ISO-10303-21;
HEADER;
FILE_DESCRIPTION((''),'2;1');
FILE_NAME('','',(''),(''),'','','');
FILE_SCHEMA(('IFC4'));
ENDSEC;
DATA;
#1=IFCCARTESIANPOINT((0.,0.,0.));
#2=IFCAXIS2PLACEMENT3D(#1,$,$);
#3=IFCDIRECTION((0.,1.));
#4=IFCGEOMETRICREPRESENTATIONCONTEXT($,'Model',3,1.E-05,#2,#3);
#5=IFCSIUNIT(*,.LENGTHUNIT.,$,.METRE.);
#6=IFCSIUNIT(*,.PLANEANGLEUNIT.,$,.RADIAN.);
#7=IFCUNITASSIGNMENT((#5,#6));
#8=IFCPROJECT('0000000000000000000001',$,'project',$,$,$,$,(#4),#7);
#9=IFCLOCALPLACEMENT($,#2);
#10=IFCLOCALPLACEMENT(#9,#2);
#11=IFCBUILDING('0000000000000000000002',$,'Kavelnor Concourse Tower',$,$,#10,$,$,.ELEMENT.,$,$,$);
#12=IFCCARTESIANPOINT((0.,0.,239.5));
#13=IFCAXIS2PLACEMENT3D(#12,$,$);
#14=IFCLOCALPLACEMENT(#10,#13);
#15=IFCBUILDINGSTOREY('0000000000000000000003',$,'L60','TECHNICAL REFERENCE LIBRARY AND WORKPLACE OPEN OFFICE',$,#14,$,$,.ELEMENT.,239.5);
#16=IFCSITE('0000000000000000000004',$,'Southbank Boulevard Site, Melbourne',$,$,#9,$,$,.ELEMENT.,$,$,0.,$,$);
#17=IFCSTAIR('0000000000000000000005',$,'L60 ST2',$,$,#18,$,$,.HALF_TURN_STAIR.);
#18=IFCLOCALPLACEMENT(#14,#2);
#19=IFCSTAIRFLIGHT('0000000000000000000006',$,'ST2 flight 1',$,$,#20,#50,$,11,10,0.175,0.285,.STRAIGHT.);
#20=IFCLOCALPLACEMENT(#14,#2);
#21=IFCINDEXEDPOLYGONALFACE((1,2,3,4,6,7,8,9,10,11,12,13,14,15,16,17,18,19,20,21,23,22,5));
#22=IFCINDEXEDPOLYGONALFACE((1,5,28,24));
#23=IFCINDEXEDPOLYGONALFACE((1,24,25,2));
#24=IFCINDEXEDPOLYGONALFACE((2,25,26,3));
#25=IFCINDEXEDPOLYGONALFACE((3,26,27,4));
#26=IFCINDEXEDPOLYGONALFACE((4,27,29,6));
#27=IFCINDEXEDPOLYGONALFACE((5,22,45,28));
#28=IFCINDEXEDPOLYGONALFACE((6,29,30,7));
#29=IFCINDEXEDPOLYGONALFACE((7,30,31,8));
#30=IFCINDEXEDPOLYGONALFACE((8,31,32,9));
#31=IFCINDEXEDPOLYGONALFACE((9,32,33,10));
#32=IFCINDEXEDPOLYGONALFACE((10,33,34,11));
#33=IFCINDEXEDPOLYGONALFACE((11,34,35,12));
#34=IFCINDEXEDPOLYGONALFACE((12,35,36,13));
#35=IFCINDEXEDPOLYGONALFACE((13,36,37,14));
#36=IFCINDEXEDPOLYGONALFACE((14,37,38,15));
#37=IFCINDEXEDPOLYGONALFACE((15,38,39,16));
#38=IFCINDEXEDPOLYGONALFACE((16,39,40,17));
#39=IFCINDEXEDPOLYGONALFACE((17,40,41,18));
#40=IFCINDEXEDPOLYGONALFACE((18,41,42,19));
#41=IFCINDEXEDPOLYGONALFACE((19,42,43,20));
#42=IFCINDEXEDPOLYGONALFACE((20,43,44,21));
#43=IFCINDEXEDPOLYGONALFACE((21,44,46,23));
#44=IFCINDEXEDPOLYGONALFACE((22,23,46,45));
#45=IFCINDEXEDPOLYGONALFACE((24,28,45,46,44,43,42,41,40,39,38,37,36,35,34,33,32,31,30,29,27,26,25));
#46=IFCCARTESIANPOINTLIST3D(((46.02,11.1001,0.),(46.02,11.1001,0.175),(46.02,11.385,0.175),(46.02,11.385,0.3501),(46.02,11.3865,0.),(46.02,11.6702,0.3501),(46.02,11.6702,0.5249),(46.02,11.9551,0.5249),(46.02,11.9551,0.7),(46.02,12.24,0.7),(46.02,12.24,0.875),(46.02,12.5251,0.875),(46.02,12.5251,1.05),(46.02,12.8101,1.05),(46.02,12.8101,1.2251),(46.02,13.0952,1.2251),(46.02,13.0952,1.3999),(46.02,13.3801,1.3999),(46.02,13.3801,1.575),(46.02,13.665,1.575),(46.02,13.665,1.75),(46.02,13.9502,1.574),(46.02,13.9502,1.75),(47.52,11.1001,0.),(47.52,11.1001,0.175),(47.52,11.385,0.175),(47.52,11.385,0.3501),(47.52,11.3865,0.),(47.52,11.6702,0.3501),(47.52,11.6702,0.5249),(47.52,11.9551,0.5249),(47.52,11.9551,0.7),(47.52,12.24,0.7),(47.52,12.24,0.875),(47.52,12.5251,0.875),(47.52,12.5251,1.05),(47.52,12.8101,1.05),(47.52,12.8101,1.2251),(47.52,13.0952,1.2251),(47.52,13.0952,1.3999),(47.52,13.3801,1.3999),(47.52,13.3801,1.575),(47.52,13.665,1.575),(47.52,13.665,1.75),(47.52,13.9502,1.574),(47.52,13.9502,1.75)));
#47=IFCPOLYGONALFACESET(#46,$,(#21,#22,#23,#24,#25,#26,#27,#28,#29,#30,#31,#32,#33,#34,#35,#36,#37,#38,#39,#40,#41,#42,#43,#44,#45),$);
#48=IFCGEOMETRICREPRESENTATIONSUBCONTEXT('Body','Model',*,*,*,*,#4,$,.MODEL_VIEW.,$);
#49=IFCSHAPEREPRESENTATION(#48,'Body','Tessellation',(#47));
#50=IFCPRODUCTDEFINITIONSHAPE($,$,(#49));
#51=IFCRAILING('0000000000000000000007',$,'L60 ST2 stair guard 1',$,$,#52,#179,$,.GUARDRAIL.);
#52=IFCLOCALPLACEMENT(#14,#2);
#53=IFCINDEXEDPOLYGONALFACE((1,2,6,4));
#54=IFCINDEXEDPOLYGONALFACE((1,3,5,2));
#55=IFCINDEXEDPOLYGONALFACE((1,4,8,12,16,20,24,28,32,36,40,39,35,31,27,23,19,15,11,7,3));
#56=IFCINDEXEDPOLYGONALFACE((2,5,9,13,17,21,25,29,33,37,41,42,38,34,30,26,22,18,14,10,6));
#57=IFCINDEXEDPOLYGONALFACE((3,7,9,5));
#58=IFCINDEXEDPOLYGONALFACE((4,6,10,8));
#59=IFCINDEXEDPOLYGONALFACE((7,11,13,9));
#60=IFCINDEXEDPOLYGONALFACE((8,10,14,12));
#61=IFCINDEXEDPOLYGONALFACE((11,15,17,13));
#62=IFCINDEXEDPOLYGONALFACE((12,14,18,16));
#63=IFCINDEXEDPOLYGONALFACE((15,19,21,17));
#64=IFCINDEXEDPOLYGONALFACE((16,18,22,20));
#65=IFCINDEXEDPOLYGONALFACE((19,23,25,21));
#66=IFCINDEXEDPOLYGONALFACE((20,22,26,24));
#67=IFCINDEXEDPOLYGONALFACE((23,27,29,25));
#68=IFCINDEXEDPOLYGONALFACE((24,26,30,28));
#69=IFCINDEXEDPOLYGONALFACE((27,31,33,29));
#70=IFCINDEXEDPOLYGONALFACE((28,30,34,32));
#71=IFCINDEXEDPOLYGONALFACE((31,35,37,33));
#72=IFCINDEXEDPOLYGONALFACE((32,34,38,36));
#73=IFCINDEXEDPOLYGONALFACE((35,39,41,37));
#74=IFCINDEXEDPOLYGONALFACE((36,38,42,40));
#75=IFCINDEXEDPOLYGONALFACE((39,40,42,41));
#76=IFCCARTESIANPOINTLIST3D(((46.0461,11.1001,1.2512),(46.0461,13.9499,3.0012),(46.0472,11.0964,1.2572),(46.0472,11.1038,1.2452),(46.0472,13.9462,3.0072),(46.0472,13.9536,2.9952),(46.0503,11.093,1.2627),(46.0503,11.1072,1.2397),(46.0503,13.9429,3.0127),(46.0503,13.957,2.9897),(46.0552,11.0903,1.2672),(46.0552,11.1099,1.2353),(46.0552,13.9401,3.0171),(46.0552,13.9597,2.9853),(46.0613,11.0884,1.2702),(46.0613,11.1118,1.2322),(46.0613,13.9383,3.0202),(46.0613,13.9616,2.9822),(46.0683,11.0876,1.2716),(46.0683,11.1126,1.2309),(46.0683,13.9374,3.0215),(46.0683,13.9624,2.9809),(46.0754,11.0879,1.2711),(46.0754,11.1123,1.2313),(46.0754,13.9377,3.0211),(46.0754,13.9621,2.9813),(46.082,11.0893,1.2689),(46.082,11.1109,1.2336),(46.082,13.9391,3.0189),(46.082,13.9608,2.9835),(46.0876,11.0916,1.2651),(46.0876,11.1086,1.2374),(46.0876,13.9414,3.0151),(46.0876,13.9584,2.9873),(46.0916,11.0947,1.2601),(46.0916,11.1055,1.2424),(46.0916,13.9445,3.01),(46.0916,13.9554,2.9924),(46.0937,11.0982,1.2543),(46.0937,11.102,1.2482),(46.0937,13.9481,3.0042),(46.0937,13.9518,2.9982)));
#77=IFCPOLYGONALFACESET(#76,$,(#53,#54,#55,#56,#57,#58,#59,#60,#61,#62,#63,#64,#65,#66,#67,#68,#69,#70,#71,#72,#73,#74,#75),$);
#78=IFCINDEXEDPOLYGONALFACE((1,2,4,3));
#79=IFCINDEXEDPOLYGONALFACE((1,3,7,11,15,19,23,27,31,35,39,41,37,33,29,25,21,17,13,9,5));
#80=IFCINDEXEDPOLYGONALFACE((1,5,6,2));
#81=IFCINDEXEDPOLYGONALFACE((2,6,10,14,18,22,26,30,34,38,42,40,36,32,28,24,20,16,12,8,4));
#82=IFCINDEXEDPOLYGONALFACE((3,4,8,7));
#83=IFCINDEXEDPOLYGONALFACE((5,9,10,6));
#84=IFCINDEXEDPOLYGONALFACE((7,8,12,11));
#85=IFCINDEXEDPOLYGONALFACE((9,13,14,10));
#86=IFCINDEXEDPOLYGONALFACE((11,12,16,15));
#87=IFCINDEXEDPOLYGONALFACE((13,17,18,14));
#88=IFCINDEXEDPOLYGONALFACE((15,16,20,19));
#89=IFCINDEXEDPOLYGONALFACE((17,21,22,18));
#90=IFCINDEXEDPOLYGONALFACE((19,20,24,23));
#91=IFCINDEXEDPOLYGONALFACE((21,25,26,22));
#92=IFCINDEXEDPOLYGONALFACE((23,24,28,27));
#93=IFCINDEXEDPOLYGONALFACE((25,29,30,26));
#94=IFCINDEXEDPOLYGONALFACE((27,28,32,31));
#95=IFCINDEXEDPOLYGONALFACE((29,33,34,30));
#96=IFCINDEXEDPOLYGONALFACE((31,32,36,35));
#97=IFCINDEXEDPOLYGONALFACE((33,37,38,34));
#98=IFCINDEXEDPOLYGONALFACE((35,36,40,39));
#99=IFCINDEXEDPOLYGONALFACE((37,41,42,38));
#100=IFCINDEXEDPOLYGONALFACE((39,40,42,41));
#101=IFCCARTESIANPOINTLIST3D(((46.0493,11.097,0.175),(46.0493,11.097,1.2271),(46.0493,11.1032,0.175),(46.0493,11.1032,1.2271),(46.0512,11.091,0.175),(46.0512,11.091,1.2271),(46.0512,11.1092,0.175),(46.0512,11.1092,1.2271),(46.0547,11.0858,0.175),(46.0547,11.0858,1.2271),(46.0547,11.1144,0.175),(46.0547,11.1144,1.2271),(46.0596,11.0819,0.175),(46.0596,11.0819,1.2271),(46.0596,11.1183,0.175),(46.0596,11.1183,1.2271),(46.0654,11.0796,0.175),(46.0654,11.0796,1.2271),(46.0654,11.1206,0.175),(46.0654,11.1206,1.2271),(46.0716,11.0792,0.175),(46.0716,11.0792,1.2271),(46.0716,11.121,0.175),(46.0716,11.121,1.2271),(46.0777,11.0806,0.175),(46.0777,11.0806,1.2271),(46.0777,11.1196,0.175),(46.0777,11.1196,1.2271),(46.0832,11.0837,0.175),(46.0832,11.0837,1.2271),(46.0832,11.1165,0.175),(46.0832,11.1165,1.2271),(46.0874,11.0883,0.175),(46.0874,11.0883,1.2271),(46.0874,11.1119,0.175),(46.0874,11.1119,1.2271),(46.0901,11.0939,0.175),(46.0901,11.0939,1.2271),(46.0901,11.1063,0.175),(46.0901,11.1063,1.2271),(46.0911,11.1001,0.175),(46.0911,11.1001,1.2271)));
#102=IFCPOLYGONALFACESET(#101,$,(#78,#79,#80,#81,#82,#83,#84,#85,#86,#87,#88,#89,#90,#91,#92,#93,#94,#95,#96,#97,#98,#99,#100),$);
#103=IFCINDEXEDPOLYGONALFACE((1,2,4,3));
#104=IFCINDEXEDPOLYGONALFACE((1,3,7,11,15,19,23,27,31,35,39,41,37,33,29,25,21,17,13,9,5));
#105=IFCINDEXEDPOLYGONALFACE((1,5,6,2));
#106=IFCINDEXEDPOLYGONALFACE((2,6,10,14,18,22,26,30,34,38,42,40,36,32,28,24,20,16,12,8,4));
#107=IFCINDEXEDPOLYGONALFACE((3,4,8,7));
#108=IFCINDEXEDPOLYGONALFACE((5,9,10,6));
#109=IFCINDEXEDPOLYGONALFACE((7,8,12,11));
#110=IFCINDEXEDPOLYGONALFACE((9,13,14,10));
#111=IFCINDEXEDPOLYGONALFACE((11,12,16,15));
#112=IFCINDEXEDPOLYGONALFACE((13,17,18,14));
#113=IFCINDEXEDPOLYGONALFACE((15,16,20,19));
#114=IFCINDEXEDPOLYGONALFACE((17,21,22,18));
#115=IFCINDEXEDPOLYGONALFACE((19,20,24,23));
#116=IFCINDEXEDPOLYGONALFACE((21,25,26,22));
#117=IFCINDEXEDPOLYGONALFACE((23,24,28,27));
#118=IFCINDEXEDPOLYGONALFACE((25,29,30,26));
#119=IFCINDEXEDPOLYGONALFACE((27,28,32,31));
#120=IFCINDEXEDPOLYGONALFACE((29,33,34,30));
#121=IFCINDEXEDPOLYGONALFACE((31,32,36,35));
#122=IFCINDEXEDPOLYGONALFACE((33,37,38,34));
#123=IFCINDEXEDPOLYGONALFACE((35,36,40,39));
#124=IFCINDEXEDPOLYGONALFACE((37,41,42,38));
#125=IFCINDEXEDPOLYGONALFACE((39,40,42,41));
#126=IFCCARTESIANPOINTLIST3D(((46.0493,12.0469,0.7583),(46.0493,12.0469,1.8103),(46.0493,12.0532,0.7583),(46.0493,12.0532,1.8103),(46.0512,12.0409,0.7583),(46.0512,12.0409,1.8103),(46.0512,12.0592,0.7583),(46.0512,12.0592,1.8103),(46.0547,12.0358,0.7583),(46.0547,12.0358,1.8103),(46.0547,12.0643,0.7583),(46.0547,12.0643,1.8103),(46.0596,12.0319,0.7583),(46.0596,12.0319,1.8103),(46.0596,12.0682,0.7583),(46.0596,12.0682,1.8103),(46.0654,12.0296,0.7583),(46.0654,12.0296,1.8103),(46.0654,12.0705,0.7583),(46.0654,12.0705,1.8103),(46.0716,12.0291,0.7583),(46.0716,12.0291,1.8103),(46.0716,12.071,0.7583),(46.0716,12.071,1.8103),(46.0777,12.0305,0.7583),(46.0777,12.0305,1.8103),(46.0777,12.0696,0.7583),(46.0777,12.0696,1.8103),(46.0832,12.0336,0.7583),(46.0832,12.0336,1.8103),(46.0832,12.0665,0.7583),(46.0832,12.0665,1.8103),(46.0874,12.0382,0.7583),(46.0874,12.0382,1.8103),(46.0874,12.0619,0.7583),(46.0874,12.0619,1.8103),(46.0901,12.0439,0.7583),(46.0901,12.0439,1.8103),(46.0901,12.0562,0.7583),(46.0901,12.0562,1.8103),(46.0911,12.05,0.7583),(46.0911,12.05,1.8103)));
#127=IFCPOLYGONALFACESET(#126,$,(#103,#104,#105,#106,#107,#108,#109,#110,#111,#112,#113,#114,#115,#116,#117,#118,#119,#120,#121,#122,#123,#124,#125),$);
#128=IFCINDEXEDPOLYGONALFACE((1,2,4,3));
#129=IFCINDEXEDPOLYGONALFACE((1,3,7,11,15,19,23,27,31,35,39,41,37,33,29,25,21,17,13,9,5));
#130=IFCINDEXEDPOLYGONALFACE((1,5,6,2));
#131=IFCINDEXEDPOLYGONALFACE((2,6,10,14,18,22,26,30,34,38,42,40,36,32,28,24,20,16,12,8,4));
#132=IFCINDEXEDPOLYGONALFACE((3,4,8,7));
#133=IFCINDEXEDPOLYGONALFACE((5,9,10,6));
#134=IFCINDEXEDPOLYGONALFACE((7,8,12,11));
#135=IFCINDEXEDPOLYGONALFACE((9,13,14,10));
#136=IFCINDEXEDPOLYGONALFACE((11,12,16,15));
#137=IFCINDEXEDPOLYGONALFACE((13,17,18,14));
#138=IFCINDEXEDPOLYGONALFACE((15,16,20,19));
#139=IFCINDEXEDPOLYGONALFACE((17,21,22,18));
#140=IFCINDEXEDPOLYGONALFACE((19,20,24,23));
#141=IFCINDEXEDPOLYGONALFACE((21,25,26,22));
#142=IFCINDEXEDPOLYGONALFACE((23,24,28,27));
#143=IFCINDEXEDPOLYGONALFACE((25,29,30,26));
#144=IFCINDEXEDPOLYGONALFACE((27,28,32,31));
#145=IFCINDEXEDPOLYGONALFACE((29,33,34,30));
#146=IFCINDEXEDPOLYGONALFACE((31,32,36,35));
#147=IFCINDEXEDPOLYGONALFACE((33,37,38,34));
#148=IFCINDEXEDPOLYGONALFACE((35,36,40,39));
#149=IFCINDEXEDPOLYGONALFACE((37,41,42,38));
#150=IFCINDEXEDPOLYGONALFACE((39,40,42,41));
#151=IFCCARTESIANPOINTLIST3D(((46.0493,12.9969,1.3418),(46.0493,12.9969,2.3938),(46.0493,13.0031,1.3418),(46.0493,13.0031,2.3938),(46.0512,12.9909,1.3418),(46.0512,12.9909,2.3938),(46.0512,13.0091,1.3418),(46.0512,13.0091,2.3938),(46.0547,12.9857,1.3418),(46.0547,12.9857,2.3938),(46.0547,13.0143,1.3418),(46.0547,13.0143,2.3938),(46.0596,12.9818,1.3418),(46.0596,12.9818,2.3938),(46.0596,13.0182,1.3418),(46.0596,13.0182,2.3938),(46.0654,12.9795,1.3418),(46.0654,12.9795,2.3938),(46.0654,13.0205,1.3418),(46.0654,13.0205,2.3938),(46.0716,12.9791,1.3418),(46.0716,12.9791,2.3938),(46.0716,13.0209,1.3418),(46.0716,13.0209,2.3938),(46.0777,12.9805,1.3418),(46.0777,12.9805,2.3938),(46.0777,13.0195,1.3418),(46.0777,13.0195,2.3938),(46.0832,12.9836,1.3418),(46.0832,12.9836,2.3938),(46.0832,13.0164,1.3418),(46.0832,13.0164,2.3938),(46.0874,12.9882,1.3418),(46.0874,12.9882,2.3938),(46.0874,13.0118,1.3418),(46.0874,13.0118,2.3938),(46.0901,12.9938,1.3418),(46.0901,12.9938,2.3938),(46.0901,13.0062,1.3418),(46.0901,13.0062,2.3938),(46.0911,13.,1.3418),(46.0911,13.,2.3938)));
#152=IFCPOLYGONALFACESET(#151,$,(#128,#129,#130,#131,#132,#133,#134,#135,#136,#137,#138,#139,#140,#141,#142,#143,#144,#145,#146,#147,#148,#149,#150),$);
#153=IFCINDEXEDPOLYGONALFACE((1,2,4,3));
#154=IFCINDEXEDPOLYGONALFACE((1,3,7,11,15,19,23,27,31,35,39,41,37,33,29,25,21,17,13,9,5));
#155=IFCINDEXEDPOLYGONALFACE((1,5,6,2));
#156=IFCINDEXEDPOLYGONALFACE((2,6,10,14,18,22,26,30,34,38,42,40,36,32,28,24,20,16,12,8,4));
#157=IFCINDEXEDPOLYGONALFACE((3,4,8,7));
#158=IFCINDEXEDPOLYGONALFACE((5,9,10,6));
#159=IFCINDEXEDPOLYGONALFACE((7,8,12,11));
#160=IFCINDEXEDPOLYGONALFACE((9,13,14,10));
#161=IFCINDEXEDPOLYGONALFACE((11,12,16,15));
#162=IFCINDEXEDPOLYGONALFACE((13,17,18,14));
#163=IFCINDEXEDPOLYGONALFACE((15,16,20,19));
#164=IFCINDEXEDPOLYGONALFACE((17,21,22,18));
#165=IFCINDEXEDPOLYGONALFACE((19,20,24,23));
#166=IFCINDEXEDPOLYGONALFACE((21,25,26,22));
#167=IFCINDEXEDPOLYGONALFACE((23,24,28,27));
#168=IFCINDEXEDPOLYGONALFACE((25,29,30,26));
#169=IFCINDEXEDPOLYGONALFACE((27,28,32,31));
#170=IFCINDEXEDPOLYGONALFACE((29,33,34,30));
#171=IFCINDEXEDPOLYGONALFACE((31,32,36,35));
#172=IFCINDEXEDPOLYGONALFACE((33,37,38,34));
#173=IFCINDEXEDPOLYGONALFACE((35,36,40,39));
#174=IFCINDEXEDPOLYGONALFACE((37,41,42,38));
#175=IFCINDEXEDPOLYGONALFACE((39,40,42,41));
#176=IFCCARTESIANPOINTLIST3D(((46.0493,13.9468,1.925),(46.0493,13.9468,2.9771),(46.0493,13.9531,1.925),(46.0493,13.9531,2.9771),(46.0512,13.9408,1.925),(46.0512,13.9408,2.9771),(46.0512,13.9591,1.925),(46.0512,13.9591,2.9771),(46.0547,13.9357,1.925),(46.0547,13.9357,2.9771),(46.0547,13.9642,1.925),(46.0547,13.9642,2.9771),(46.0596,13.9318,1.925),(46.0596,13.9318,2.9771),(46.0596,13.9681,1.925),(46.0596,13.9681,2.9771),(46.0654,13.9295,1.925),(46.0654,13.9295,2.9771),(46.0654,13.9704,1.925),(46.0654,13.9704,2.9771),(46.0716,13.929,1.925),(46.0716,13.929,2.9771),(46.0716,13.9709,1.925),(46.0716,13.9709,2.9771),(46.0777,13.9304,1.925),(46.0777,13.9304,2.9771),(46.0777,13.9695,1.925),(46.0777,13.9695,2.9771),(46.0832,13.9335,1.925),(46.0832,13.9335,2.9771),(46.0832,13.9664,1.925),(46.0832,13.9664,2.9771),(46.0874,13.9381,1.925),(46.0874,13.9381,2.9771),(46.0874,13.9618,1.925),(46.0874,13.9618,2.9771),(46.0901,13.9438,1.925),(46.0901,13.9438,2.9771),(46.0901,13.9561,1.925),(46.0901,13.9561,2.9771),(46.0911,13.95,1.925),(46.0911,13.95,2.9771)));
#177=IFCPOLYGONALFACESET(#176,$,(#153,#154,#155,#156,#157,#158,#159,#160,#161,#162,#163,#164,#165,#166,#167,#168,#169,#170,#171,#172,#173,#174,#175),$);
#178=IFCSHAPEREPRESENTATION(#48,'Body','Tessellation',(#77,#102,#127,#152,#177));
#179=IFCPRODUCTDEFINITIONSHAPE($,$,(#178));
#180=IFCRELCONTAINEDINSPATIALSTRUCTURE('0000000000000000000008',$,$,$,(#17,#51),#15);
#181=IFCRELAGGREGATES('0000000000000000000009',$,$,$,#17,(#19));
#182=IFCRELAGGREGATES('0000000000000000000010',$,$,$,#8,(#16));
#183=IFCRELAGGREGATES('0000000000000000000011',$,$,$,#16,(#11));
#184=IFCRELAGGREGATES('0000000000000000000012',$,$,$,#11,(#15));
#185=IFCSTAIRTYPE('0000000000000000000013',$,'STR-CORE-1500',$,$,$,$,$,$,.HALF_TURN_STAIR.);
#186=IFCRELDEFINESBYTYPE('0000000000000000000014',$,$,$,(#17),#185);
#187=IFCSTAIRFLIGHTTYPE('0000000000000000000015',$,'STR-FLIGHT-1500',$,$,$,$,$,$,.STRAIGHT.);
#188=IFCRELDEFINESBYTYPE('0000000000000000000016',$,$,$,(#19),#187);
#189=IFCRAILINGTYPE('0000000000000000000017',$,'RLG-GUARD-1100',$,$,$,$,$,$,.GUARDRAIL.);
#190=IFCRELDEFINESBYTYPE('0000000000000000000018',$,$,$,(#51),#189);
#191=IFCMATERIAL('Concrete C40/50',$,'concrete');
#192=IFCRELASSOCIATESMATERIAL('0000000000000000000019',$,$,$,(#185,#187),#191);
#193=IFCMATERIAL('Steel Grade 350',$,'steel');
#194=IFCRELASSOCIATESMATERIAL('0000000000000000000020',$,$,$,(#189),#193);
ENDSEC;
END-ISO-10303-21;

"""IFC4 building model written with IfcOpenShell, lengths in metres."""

from ifc_helpers import new_model, si_unit, direction, frame, origin, origin_2d, place, context, subcontext, project, spatial, polyline, circle, outline, extrude, material, type_object, element, aggregate, save


model = new_model("IFC4")

# Units and contexts
model_context = context("Model", 3, precision=1e-05, world=origin(), true_north=direction((0.0, 1.0)))
body_context = subcontext(model_context, "Body", "Model", "MODEL_VIEW")
ifc_project = project(units=[si_unit("LENGTHUNIT", "METRE"), si_unit("PLANEANGLEUNIT", "RADIAN")], contexts=[model_context])

# Site, building, storey
site_placement = place(None, origin())
site = spatial("IfcSite", under=ifc_project, at=site_placement, Name="Southbank Boulevard Site, Melbourne", CompositionType="ELEMENT", RefElevation=0.0)
building_placement = place(site_placement, origin())
building = spatial("IfcBuilding", under=site, at=building_placement, Name="Kavelnor Concourse Tower", CompositionType="ELEMENT")
storey_placement = place(building_placement, frame((0.0, 0.0, 239.5)))
storey = spatial("IfcBuildingStorey", under=building, at=storey_placement, Name="L60", Description="TECHNICAL REFERENCE LIBRARY AND WORKPLACE OPEN OFFICE", CompositionType="ELEMENT", Elevation=239.5)

# Shared definitions
ifc_material_1 = material(Name="Steel Grade 350", Category="steel")

# Stair, stair flight
ifc_material_2 = material(Name="Concrete C40/50", Category="concrete")
stair_type = type_object("IfcStairType", Name="STR-CORE-1500", PredefinedType="HALF_TURN_STAIR", material=ifc_material_2)
stair_placement = place(storey_placement, origin())
stair = element("IfcStair", 1, at=stair_placement, inside=storey, type_object=stair_type, Name="L60 ST2", PredefinedType="HALF_TURN_STAIR")
stair_flight_type = type_object("IfcStairFlightType", Name="STR-FLIGHT-1500", PredefinedType="STRAIGHT", material=ifc_material_2)
stair_flight_placement = place(storey_placement, frame((46.77, 11.1001, 0.0), z_axis=(0.0, 0.0, 1.0), x_axis=(0.0, 1.0, 0.0)))
stair_flight = element("IfcStairFlight", 2, at=stair_flight_placement, type_object=stair_flight_type, Name="ST2 flight 1", NumberOfRisers=11, NumberOfTreads=10, PredefinedType="STRAIGHT", RiserHeight=0.175, TreadLength=0.285, context=body_context, shape_type="SweptSolid", body=[
    extrude(outline(polyline([(0.0, 0.0), (0.0, 0.175), (0.2849, 0.175), (0.2849, 0.3501), (0.5701, 0.3501), (0.5701, 0.5249), (0.855, 0.5249), (0.855, 0.7), (1.1399, 0.7), (1.1399, 0.875), (1.425, 0.875), (1.425, 1.05), (1.71, 1.05), (1.71, 1.2251), (1.9951, 1.2251), (1.9951, 1.3999), (2.28, 1.3999), (2.28, 1.575), (2.5649, 1.575), (2.5649, 1.75), (2.8501, 1.75), (2.8501, 1.925), (2.8501, 1.574), (0.2864, 0.0), (0.0, 0.0)])), frame((0.0, 0.75, 0.0), z_axis=(0.0, -1.0, 0.0), x_axis=(1.0, 0.0, 0.0)), (0.0, 0.0, 1.0), 1.5),
])
aggregate(stair, [stair_flight])

# Railing
railing_type_1 = type_object("IfcRailingType", Name="RLG-GUARD-1100", PredefinedType="GUARDRAIL", material=ifc_material_1)
railing_1_placement = place(storey_placement, frame((46.0701, 11.1001, 0.175)))
element("IfcRailing", 3, at=railing_1_placement, inside=storey, type_object=railing_type_1, Name="L60 ST2 stair guard 1", PredefinedType="GUARDRAIL", context=body_context, shape_type="SweptSolid", body=[
    extrude(circle(Radius=0.0239, at=origin_2d()), frame((0.0, 0.0, 1.0762), z_axis=(0.0, 0.852159, 0.523283), x_axis=(-1.0, 0.0, 0.0)), (0.0, 0.0, 1.0), 3.3442),
    extrude(circle(Radius=0.021, at=origin_2d()), origin(), (0.0, 0.0, 1.0), 1.052),
    extrude(circle(Radius=0.021, at=origin_2d()), frame((0.0, 0.95, 0.5833)), (0.0, 0.0, 1.0), 1.052),
    extrude(circle(Radius=0.021, at=origin_2d()), frame((0.0, 1.8999, 1.1667)), (0.0, 0.0, 1.0), 1.052),
    extrude(circle(Radius=0.021, at=origin_2d()), frame((0.0, 2.8499, 1.75)), (0.0, 0.0, 1.0), 1.052),
])

save(model, "model.ifc")
